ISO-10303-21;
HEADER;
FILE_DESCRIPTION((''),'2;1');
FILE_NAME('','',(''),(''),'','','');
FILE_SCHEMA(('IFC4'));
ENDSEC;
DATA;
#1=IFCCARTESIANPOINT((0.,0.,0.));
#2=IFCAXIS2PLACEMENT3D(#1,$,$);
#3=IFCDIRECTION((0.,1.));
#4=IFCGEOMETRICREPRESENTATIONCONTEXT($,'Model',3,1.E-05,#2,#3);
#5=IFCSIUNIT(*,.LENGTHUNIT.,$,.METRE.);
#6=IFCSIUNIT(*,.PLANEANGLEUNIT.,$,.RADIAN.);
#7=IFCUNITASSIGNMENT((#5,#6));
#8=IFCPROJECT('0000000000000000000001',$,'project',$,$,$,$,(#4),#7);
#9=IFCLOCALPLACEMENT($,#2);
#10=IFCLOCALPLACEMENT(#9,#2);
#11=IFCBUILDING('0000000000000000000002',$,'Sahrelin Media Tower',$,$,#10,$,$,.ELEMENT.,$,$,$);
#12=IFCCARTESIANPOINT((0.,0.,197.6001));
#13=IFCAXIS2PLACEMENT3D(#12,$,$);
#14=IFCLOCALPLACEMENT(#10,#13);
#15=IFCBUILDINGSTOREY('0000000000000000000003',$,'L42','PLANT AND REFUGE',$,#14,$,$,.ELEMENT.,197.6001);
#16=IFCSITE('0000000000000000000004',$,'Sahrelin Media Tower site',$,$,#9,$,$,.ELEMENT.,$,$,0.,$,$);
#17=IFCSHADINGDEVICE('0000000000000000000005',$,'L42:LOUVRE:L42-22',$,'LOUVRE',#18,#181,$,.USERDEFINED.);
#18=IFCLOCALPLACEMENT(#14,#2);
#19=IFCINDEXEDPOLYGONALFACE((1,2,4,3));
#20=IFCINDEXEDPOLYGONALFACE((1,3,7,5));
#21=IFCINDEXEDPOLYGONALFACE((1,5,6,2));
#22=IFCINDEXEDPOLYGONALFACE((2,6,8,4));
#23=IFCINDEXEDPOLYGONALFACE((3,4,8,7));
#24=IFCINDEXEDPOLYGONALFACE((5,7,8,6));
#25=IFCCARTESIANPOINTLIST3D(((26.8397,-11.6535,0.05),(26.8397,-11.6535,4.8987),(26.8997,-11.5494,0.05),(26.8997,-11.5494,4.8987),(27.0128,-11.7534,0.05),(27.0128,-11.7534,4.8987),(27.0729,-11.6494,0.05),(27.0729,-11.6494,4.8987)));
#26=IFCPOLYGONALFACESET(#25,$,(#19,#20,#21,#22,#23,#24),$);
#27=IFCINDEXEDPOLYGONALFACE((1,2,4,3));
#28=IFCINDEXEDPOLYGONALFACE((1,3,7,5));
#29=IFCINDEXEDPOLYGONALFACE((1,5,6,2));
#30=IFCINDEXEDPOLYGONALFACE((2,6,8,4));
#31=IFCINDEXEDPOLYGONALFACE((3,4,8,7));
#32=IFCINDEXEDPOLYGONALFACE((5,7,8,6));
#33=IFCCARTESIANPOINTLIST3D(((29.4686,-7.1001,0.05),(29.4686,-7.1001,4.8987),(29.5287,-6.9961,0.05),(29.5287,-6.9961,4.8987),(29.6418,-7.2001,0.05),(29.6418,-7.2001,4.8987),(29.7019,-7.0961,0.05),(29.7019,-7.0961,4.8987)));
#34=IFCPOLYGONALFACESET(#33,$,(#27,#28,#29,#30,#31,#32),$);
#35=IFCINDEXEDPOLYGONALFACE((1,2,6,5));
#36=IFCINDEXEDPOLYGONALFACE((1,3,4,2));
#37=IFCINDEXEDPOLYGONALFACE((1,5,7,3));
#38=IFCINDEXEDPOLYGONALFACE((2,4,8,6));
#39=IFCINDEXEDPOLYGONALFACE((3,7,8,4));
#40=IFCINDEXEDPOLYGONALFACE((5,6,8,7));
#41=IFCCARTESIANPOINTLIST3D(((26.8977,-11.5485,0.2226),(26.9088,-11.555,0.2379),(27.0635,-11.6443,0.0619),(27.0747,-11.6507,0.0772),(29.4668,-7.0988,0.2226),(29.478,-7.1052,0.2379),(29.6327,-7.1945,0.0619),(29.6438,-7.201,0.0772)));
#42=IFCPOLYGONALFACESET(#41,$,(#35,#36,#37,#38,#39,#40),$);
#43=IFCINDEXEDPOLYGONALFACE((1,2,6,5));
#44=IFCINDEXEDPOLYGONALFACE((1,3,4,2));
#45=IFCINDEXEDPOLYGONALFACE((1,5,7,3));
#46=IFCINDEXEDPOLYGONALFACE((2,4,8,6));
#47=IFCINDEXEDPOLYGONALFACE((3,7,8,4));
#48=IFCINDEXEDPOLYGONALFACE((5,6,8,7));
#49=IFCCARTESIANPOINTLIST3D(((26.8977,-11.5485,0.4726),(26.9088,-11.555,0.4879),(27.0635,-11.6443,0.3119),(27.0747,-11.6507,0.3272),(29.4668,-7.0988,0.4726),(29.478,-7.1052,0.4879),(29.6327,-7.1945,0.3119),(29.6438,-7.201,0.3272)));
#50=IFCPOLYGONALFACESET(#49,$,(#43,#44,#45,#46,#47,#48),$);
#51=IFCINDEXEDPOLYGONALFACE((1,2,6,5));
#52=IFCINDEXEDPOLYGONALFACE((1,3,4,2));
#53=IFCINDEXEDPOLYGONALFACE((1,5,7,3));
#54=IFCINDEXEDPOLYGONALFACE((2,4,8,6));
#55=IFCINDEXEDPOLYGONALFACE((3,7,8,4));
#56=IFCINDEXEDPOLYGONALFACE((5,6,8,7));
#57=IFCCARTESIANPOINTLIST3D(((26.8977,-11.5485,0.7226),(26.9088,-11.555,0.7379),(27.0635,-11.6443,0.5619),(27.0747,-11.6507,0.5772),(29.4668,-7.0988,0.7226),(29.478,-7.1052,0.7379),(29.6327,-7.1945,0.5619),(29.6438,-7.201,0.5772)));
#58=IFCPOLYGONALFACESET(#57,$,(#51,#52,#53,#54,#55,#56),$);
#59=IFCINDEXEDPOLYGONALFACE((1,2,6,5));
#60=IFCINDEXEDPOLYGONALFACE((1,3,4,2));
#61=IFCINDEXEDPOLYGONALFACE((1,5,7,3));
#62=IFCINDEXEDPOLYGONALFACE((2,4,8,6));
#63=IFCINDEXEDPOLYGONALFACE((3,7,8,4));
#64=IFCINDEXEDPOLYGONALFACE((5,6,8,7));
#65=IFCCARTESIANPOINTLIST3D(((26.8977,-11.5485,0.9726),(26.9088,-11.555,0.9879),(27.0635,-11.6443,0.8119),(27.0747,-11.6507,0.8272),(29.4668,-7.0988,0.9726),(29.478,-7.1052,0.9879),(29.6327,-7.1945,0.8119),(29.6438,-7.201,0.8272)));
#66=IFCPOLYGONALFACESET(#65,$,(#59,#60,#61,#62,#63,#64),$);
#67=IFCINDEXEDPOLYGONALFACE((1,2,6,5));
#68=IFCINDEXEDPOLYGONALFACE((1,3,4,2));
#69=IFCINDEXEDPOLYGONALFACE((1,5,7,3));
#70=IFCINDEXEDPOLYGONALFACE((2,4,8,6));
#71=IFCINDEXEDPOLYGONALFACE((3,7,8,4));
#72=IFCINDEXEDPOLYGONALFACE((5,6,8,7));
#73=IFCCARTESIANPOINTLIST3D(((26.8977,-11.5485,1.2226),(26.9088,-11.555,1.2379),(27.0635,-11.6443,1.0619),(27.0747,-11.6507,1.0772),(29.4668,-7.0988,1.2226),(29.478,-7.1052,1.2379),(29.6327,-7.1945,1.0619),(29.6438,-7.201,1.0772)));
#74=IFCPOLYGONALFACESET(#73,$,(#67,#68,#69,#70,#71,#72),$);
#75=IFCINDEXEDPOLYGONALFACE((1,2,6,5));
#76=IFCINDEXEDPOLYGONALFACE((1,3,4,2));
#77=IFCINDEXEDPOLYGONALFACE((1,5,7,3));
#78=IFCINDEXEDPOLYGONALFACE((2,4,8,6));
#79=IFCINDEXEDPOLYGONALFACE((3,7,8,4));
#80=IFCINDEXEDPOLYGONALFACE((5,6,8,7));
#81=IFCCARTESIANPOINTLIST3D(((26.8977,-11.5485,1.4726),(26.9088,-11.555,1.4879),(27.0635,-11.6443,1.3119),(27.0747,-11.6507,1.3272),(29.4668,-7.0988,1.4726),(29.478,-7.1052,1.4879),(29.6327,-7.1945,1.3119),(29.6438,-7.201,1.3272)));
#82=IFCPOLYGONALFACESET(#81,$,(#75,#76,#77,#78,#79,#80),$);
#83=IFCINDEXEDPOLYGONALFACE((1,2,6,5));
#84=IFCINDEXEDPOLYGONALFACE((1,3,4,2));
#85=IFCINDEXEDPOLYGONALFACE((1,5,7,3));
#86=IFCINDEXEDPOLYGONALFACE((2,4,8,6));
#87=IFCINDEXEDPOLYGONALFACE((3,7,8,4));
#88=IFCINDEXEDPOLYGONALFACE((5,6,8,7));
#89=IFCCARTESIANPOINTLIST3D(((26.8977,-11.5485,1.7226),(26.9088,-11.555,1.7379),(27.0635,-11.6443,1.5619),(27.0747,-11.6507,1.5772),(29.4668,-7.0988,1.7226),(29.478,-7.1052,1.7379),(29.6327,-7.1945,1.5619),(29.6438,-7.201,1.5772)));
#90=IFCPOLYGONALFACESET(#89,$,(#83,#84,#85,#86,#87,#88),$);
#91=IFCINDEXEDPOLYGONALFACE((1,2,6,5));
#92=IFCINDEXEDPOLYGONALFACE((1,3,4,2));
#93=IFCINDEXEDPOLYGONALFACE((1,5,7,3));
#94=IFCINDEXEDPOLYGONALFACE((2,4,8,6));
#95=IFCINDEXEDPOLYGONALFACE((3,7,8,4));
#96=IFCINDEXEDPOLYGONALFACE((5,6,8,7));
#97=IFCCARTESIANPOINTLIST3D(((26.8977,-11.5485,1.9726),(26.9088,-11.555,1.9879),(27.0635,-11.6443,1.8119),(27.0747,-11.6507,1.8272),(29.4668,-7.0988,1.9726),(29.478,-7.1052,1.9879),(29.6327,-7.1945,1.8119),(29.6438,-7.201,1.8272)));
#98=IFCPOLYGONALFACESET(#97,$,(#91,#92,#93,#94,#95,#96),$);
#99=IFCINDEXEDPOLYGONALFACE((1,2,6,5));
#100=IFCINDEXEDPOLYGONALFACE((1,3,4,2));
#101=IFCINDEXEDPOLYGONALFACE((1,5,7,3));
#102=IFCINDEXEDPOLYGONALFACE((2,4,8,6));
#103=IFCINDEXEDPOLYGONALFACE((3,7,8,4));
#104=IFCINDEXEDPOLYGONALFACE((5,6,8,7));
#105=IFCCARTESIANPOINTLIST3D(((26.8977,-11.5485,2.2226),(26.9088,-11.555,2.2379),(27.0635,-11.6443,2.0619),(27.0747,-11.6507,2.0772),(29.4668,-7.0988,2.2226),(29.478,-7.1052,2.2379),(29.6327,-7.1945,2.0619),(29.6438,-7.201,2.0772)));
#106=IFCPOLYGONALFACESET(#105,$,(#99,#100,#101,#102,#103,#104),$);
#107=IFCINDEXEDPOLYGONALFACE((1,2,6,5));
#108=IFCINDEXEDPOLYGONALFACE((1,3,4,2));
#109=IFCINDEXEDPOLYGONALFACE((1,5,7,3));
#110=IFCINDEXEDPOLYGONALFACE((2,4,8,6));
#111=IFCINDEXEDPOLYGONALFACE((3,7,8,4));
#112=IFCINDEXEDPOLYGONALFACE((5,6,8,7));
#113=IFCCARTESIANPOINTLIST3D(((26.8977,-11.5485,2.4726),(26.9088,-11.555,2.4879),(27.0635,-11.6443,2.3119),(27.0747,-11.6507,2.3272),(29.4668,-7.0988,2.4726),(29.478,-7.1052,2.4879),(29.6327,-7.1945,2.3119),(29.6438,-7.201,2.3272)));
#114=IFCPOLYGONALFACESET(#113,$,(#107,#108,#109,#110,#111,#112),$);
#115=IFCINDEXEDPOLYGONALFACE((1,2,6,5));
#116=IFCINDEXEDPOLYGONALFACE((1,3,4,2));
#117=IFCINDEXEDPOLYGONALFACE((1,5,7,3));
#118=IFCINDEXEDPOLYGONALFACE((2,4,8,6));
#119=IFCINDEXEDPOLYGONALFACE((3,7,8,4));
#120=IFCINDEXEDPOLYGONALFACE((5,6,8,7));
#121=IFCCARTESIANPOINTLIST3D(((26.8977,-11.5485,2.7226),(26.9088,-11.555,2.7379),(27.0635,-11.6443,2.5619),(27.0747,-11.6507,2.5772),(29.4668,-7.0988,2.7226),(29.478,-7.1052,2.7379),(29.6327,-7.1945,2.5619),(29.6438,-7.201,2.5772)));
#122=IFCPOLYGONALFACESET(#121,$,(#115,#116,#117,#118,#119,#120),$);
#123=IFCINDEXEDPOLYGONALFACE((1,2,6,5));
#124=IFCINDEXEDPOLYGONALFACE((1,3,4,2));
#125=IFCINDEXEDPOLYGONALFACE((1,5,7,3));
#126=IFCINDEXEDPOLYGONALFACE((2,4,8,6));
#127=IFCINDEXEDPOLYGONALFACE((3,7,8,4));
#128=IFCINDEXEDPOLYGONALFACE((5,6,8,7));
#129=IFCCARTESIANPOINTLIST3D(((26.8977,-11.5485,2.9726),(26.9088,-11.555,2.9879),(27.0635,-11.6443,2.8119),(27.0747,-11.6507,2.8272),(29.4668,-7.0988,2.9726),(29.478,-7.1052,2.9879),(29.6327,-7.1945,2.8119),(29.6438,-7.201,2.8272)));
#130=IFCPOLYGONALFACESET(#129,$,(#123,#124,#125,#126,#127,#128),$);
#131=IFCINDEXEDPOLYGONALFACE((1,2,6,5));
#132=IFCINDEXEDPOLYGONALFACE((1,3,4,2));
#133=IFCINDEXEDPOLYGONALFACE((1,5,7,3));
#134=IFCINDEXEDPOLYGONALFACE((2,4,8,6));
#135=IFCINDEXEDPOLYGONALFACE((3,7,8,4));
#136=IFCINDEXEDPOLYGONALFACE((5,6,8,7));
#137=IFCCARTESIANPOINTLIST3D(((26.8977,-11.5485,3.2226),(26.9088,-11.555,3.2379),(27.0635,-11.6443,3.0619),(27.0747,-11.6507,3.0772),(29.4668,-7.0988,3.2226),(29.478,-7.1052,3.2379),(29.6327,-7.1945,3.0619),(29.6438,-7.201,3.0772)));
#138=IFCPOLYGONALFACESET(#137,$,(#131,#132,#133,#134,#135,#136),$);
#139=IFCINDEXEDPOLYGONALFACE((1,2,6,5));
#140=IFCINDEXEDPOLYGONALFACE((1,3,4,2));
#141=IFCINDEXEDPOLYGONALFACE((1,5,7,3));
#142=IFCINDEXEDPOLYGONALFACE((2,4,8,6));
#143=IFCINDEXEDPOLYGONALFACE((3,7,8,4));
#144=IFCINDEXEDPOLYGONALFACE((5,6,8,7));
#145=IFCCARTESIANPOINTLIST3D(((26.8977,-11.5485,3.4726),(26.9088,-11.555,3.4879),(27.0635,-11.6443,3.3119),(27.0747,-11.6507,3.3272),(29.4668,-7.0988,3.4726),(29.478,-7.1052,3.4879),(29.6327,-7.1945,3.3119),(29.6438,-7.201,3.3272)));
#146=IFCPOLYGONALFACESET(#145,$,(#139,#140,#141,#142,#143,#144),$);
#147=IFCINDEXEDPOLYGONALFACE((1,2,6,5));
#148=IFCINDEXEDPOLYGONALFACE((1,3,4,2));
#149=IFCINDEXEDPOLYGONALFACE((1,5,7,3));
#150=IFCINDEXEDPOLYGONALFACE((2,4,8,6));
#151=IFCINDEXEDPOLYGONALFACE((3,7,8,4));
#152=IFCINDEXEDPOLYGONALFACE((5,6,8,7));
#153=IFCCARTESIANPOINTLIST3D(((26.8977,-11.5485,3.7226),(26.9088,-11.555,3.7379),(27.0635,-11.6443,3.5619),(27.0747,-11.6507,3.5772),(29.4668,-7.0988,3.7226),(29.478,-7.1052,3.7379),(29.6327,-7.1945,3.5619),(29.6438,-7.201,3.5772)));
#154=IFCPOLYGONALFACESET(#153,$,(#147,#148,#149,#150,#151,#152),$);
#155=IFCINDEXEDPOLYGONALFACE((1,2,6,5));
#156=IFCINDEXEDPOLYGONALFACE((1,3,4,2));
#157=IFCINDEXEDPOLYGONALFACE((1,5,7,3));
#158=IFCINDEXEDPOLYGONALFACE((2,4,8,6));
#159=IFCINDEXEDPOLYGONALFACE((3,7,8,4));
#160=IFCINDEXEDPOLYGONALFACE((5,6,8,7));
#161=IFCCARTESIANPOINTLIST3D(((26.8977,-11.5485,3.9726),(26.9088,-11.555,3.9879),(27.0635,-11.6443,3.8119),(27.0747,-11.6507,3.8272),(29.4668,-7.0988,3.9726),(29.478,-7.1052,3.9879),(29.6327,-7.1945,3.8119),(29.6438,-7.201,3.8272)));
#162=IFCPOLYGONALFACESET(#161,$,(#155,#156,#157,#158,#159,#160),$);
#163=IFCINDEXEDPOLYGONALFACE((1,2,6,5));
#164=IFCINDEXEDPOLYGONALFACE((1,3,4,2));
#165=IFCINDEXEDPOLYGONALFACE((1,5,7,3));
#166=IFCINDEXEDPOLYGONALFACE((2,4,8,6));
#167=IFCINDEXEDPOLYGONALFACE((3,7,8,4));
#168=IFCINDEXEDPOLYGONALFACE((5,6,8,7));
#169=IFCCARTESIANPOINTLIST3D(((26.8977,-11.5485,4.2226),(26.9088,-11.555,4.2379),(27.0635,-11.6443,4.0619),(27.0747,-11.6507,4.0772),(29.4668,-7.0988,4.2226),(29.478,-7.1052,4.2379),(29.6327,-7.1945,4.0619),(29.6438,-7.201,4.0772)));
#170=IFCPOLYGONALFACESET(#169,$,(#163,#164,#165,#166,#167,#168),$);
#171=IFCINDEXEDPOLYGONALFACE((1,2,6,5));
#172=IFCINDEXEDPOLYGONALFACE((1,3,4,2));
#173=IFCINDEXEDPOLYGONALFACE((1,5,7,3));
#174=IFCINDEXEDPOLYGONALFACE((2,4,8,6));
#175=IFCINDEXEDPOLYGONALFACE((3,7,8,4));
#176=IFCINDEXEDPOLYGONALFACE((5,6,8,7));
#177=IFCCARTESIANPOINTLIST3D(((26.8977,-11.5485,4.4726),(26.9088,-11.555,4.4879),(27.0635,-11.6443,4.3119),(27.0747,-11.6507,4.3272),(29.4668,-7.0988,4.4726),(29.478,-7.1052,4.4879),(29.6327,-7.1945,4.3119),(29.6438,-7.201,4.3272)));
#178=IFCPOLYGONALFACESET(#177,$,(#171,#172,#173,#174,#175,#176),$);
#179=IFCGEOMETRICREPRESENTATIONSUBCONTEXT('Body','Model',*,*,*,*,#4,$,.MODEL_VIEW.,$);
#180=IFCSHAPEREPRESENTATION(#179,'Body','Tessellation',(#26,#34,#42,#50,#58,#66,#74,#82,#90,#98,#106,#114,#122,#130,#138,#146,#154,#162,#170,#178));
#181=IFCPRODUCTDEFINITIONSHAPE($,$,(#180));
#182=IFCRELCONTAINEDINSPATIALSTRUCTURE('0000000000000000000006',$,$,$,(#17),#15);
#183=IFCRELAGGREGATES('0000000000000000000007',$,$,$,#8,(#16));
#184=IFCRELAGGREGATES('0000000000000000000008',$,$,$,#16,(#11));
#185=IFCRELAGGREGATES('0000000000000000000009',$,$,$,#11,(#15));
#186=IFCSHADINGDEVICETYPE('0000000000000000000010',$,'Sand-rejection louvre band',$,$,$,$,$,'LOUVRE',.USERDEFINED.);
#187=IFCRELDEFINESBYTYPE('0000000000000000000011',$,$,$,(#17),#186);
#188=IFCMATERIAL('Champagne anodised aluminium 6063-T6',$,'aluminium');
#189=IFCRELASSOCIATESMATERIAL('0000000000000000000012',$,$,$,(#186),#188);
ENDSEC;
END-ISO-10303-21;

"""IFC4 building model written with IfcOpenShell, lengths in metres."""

from ifc_helpers import new_model, si_unit, direction, frame, origin, origin_2d, place, context, subcontext, project, spatial, rectangle, extrude, material, type_object, element, save


model = new_model("IFC4")

# Units and contexts
model_context = context("Model", 3, precision=1e-05, world=origin(), true_north=direction((0.0, 1.0)))
body_context = subcontext(model_context, "Body", "Model", "MODEL_VIEW")
ifc_project = project(units=[si_unit("LENGTHUNIT", "METRE"), si_unit("PLANEANGLEUNIT", "RADIAN")], contexts=[model_context])

# Site, building, storey
site_placement = place(None, origin())
site = spatial("IfcSite", under=ifc_project, at=site_placement, Name="Sahrelin Media Tower site", CompositionType="ELEMENT", RefElevation=0.0)
building_placement = place(site_placement, origin())
building = spatial("IfcBuilding", under=site, at=building_placement, Name="Sahrelin Media Tower", CompositionType="ELEMENT")
storey_placement = place(building_placement, frame((0.0, 0.0, 197.6001)))
storey = spatial("IfcBuildingStorey", under=building, at=storey_placement, Name="L42", Description="PLANT AND REFUGE", CompositionType="ELEMENT", Elevation=197.6001)

# Shading device
ifc_material_1 = material(Name="Champagne anodised aluminium 6063-T6", Category="aluminium")
shading_device_type = type_object("IfcShadingDeviceType", Name="Sand-rejection louvre band", ElementType="LOUVRE", PredefinedType="USERDEFINED", material=ifc_material_1)
shading_device_1_placement = place(storey_placement, frame((28.1841, -9.3247, 0.0), z_axis=(0.0, 0.0, 1.0), x_axis=(-0.500011, -0.866019, 0.0)))
element("IfcShadingDevice", 1, at=shading_device_1_placement, inside=storey, type_object=shading_device_type, Name="L42:LOUVRE:L42-22", ObjectType="LOUVRE", PredefinedType="USERDEFINED", context=body_context, shape_type="SweptSolid", body=[
    extrude(rectangle(XDim=0.1201, YDim=0.2, at=origin_2d()), frame((2.6289, 0.1001, 0.05), z_axis=(0.0, 0.0, 1.0), x_axis=(1.0, 0.0, 0.0)), (0.0, 0.0, 1.0), 4.8486),
    extrude(rectangle(XDim=0.1201, YDim=0.2, at=origin_2d()), frame((-2.6289, 0.1001, 0.05), z_axis=(0.0, 0.0, 1.0), x_axis=(1.0, 0.0, 0.0)), (0.0, 0.0, 1.0), 4.8486),
    extrude(rectangle(XDim=0.25, YDim=0.02, at=origin_2d()), frame((2.5691, 0.1001, 0.1499), z_axis=(-1.0, 0.0, 0.0), x_axis=(0.0, -0.766044, 0.642788)), (0.0, 0.0, 1.0), 5.1382),
    extrude(rectangle(XDim=0.25, YDim=0.02, at=origin_2d()), frame((2.5691, 0.1001, 0.3999), z_axis=(-1.0, 0.0, 0.0), x_axis=(0.0, -0.766044, 0.642788)), (0.0, 0.0, 1.0), 5.1382),
    extrude(rectangle(XDim=0.25, YDim=0.02, at=origin_2d()), frame((2.5691, 0.1001, 0.6499), z_axis=(-1.0, 0.0, 0.0), x_axis=(0.0, -0.766044, 0.642788)), (0.0, 0.0, 1.0), 5.1382),
    extrude(rectangle(XDim=0.25, YDim=0.02, at=origin_2d()), frame((2.5691, 0.1001, 0.8999), z_axis=(-1.0, 0.0, 0.0), x_axis=(0.0, -0.766044, 0.642788)), (0.0, 0.0, 1.0), 5.1382),
    extrude(rectangle(XDim=0.25, YDim=0.02, at=origin_2d()), frame((2.5691, 0.1001, 1.1499), z_axis=(-1.0, 0.0, 0.0), x_axis=(0.0, -0.766044, 0.642788)), (0.0, 0.0, 1.0), 5.1382),
    extrude(rectangle(XDim=0.25, YDim=0.02, at=origin_2d()), frame((2.5691, 0.1001, 1.3999), z_axis=(-1.0, 0.0, 0.0), x_axis=(0.0, -0.766044, 0.642788)), (0.0, 0.0, 1.0), 5.1382),
    extrude(rectangle(XDim=0.25, YDim=0.02, at=origin_2d()), frame((2.5691, 0.1001, 1.6499), z_axis=(-1.0, 0.0, 0.0), x_axis=(0.0, -0.766044, 0.642788)), (0.0, 0.0, 1.0), 5.1382),
    extrude(rectangle(XDim=0.25, YDim=0.02, at=origin_2d()), frame((2.5691, 0.1001, 1.8999), z_axis=(-1.0, 0.0, 0.0), x_axis=(0.0, -0.766044, 0.642788)), (0.0, 0.0, 1.0), 5.1382),
    extrude(rectangle(XDim=0.25, YDim=0.02, at=origin_2d()), frame((2.5691, 0.1001, 2.1499), z_axis=(-1.0, 0.0, 0.0), x_axis=(0.0, -0.766044, 0.642788)), (0.0, 0.0, 1.0), 5.1382),
    extrude(rectangle(XDim=0.25, YDim=0.02, at=origin_2d()), frame((2.5691, 0.1001, 2.3999), z_axis=(-1.0, 0.0, 0.0), x_axis=(0.0, -0.766044, 0.642788)), (0.0, 0.0, 1.0), 5.1382),
    extrude(rectangle(XDim=0.25, YDim=0.02, at=origin_2d()), frame((2.5691, 0.1001, 2.6499), z_axis=(-1.0, 0.0, 0.0), x_axis=(0.0, -0.766044, 0.642788)), (0.0, 0.0, 1.0), 5.1382),
    extrude(rectangle(XDim=0.25, YDim=0.02, at=origin_2d()), frame((2.5691, 0.1001, 2.8999), z_axis=(-1.0, 0.0, 0.0), x_axis=(0.0, -0.766044, 0.642788)), (0.0, 0.0, 1.0), 5.1382),
    extrude(rectangle(XDim=0.25, YDim=0.02, at=origin_2d()), frame((2.5691, 0.1001, 3.1499), z_axis=(-1.0, 0.0, 0.0), x_axis=(0.0, -0.766044, 0.642788)), (0.0, 0.0, 1.0), 5.1382),
    extrude(rectangle(XDim=0.25, YDim=0.02, at=origin_2d()), frame((2.5691, 0.1001, 3.3999), z_axis=(-1.0, 0.0, 0.0), x_axis=(0.0, -0.766044, 0.642788)), (0.0, 0.0, 1.0), 5.1382),
    extrude(rectangle(XDim=0.25, YDim=0.02, at=origin_2d()), frame((2.5691, 0.1001, 3.6499), z_axis=(-1.0, 0.0, 0.0), x_axis=(0.0, -0.766044, 0.642788)), (0.0, 0.0, 1.0), 5.1382),
    extrude(rectangle(XDim=0.25, YDim=0.02, at=origin_2d()), frame((2.5691, 0.1001, 3.8999), z_axis=(-1.0, 0.0, 0.0), x_axis=(0.0, -0.766044, 0.642788)), (0.0, 0.0, 1.0), 5.1382),
    extrude(rectangle(XDim=0.25, YDim=0.02, at=origin_2d()), frame((2.5691, 0.1001, 4.1499), z_axis=(-1.0, 0.0, 0.0), x_axis=(0.0, -0.766044, 0.642788)), (0.0, 0.0, 1.0), 5.1382),
    extrude(rectangle(XDim=0.25, YDim=0.02, at=origin_2d()), frame((2.5691, 0.1001, 4.3999), z_axis=(-1.0, 0.0, 0.0), x_axis=(0.0, -0.766044, 0.642788)), (0.0, 0.0, 1.0), 5.1382),
])

save(model, "model.ifc")
